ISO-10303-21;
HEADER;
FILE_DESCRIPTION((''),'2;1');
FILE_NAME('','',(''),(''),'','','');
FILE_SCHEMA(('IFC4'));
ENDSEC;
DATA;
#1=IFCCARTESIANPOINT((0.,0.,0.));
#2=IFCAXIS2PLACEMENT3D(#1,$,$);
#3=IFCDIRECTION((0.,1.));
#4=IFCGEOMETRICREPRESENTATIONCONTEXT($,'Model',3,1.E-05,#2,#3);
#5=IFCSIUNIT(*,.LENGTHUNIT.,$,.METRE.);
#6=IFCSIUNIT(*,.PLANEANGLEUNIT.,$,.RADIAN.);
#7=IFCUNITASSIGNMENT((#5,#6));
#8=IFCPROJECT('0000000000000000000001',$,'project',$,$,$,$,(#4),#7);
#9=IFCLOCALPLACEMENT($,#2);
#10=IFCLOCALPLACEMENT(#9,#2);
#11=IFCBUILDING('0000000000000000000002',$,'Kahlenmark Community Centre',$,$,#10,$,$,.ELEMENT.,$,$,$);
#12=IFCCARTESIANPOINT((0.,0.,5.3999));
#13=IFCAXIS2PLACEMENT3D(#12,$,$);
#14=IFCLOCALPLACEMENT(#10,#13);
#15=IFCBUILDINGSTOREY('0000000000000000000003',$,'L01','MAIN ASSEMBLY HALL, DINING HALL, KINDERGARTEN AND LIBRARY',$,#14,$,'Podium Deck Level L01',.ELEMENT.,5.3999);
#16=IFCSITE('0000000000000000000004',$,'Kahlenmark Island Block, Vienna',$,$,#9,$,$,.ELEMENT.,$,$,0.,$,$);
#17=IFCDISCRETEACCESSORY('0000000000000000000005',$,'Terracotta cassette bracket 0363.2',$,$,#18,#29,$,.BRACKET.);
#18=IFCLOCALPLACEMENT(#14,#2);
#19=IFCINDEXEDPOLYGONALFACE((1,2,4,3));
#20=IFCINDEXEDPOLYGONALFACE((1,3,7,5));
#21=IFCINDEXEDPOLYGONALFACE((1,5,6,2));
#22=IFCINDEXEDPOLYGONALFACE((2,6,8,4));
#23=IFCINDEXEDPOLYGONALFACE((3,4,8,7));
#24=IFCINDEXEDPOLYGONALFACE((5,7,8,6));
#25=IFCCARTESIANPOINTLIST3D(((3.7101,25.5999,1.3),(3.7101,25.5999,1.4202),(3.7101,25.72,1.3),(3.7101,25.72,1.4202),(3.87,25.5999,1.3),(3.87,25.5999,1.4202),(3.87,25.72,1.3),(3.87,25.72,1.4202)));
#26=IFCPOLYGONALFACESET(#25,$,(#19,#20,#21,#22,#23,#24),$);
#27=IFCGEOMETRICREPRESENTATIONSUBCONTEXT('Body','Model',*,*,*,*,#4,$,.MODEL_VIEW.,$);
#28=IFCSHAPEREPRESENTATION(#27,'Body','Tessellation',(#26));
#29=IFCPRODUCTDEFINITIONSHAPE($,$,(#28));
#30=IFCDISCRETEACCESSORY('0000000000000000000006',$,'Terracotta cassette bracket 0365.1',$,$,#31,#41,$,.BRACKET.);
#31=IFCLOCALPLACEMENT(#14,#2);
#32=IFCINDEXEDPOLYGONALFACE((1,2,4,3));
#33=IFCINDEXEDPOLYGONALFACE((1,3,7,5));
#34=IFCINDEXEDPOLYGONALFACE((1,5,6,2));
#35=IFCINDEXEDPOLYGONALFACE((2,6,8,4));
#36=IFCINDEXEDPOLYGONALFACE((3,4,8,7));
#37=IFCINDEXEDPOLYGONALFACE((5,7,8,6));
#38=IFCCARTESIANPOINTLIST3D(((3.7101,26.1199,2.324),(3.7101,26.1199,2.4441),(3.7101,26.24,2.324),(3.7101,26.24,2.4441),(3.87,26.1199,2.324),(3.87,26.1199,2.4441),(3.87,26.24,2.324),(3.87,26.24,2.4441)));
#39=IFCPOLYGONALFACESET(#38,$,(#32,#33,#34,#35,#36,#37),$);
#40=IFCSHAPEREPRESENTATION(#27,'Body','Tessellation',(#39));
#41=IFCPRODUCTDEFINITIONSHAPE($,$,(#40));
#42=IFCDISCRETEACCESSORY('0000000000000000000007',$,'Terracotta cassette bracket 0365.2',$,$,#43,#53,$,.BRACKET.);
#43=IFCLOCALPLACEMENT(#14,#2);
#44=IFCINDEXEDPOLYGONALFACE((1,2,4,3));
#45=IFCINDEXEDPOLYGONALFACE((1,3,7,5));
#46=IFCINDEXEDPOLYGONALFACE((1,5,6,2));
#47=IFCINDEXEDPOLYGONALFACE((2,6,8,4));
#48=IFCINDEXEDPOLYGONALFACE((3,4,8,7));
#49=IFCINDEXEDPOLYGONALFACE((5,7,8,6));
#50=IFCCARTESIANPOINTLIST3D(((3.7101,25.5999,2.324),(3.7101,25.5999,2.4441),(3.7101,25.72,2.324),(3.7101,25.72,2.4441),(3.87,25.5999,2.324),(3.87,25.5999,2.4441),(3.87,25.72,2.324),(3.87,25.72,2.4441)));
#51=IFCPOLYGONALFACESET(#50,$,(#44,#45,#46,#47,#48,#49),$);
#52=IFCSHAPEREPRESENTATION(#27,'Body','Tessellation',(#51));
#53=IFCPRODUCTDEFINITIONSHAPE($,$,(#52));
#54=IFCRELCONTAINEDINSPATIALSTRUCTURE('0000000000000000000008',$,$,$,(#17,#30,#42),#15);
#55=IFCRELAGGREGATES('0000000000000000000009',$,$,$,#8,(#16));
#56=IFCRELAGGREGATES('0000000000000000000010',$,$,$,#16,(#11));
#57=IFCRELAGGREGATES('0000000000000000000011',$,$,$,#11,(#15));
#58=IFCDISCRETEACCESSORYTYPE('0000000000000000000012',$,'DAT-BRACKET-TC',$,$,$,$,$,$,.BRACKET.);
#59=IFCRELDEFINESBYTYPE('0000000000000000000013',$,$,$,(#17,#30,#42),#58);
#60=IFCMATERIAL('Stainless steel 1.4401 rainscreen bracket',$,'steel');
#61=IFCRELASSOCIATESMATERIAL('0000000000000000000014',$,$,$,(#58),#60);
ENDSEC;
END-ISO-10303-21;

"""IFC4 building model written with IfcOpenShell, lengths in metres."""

from ifc_helpers import new_model, si_unit, direction, frame, origin, origin_2d, place, context, subcontext, project, spatial, rectangle, extrude, material, type_object, element, save


model = new_model("IFC4")

# Units and contexts
model_context = context("Model", 3, precision=1e-05, world=origin(), true_north=direction((0.0, 1.0)))
body_context = subcontext(model_context, "Body", "Model", "MODEL_VIEW")
ifc_project = project(units=[si_unit("LENGTHUNIT", "METRE"), si_unit("PLANEANGLEUNIT", "RADIAN")], contexts=[model_context])

# Site, building, storey
site_placement = place(None, origin())
site = spatial("IfcSite", under=ifc_project, at=site_placement, Name="Kahlenmark Island Block, Vienna", CompositionType="ELEMENT", RefElevation=0.0)
building_placement = place(site_placement, origin())
building = spatial("IfcBuilding", under=site, at=building_placement, Name="Kahlenmark Community Centre", CompositionType="ELEMENT")
storey_placement = place(building_placement, frame((0.0, 0.0, 5.3999)))
storey = spatial("IfcBuildingStorey", under=building, at=storey_placement, Name="L01", Description="MAIN ASSEMBLY HALL, DINING HALL, KINDERGARTEN AND LIBRARY", LongName="Podium Deck Level L01", CompositionType="ELEMENT", Elevation=5.3999)

# Discrete accessories
ifc_material_1 = material(Name="Stainless steel 1.4401 rainscreen bracket", Category="steel")
discrete_accessory_type = type_object("IfcDiscreteAccessoryType", Name="DAT-BRACKET-TC", PredefinedType="BRACKET", material=ifc_material_1)
for number, where, z_axis, x_axis, name in (
    (1, (3.79, 25.6599, 1.3), (0.0, 0.0, 1.0), (0.0, -1.0, 0.0), "Terracotta cassette bracket 0363.2"),
    (2, (3.79, 26.1799, 2.324), (0.0, 0.0, 1.0), (0.0, -1.0, 0.0), "Terracotta cassette bracket 0365.1"),
    (3, (3.79, 25.6599, 2.324), (0.0, 0.0, 1.0), (0.0, -1.0, 0.0), "Terracotta cassette bracket 0365.2"),
):
    element("IfcDiscreteAccessory", number, at=place(storey_placement, frame(where, z_axis=z_axis, x_axis=x_axis)), inside=storey, type_object=discrete_accessory_type, Name=name, PredefinedType="BRACKET", context=body_context, shape_type="SweptSolid", body=[
        extrude(rectangle(XDim=0.1201, YDim=0.1599, at=origin_2d()), origin(), (0.0, 0.0, 1.0), 0.1201),
    ])

save(model, "model.ifc")
